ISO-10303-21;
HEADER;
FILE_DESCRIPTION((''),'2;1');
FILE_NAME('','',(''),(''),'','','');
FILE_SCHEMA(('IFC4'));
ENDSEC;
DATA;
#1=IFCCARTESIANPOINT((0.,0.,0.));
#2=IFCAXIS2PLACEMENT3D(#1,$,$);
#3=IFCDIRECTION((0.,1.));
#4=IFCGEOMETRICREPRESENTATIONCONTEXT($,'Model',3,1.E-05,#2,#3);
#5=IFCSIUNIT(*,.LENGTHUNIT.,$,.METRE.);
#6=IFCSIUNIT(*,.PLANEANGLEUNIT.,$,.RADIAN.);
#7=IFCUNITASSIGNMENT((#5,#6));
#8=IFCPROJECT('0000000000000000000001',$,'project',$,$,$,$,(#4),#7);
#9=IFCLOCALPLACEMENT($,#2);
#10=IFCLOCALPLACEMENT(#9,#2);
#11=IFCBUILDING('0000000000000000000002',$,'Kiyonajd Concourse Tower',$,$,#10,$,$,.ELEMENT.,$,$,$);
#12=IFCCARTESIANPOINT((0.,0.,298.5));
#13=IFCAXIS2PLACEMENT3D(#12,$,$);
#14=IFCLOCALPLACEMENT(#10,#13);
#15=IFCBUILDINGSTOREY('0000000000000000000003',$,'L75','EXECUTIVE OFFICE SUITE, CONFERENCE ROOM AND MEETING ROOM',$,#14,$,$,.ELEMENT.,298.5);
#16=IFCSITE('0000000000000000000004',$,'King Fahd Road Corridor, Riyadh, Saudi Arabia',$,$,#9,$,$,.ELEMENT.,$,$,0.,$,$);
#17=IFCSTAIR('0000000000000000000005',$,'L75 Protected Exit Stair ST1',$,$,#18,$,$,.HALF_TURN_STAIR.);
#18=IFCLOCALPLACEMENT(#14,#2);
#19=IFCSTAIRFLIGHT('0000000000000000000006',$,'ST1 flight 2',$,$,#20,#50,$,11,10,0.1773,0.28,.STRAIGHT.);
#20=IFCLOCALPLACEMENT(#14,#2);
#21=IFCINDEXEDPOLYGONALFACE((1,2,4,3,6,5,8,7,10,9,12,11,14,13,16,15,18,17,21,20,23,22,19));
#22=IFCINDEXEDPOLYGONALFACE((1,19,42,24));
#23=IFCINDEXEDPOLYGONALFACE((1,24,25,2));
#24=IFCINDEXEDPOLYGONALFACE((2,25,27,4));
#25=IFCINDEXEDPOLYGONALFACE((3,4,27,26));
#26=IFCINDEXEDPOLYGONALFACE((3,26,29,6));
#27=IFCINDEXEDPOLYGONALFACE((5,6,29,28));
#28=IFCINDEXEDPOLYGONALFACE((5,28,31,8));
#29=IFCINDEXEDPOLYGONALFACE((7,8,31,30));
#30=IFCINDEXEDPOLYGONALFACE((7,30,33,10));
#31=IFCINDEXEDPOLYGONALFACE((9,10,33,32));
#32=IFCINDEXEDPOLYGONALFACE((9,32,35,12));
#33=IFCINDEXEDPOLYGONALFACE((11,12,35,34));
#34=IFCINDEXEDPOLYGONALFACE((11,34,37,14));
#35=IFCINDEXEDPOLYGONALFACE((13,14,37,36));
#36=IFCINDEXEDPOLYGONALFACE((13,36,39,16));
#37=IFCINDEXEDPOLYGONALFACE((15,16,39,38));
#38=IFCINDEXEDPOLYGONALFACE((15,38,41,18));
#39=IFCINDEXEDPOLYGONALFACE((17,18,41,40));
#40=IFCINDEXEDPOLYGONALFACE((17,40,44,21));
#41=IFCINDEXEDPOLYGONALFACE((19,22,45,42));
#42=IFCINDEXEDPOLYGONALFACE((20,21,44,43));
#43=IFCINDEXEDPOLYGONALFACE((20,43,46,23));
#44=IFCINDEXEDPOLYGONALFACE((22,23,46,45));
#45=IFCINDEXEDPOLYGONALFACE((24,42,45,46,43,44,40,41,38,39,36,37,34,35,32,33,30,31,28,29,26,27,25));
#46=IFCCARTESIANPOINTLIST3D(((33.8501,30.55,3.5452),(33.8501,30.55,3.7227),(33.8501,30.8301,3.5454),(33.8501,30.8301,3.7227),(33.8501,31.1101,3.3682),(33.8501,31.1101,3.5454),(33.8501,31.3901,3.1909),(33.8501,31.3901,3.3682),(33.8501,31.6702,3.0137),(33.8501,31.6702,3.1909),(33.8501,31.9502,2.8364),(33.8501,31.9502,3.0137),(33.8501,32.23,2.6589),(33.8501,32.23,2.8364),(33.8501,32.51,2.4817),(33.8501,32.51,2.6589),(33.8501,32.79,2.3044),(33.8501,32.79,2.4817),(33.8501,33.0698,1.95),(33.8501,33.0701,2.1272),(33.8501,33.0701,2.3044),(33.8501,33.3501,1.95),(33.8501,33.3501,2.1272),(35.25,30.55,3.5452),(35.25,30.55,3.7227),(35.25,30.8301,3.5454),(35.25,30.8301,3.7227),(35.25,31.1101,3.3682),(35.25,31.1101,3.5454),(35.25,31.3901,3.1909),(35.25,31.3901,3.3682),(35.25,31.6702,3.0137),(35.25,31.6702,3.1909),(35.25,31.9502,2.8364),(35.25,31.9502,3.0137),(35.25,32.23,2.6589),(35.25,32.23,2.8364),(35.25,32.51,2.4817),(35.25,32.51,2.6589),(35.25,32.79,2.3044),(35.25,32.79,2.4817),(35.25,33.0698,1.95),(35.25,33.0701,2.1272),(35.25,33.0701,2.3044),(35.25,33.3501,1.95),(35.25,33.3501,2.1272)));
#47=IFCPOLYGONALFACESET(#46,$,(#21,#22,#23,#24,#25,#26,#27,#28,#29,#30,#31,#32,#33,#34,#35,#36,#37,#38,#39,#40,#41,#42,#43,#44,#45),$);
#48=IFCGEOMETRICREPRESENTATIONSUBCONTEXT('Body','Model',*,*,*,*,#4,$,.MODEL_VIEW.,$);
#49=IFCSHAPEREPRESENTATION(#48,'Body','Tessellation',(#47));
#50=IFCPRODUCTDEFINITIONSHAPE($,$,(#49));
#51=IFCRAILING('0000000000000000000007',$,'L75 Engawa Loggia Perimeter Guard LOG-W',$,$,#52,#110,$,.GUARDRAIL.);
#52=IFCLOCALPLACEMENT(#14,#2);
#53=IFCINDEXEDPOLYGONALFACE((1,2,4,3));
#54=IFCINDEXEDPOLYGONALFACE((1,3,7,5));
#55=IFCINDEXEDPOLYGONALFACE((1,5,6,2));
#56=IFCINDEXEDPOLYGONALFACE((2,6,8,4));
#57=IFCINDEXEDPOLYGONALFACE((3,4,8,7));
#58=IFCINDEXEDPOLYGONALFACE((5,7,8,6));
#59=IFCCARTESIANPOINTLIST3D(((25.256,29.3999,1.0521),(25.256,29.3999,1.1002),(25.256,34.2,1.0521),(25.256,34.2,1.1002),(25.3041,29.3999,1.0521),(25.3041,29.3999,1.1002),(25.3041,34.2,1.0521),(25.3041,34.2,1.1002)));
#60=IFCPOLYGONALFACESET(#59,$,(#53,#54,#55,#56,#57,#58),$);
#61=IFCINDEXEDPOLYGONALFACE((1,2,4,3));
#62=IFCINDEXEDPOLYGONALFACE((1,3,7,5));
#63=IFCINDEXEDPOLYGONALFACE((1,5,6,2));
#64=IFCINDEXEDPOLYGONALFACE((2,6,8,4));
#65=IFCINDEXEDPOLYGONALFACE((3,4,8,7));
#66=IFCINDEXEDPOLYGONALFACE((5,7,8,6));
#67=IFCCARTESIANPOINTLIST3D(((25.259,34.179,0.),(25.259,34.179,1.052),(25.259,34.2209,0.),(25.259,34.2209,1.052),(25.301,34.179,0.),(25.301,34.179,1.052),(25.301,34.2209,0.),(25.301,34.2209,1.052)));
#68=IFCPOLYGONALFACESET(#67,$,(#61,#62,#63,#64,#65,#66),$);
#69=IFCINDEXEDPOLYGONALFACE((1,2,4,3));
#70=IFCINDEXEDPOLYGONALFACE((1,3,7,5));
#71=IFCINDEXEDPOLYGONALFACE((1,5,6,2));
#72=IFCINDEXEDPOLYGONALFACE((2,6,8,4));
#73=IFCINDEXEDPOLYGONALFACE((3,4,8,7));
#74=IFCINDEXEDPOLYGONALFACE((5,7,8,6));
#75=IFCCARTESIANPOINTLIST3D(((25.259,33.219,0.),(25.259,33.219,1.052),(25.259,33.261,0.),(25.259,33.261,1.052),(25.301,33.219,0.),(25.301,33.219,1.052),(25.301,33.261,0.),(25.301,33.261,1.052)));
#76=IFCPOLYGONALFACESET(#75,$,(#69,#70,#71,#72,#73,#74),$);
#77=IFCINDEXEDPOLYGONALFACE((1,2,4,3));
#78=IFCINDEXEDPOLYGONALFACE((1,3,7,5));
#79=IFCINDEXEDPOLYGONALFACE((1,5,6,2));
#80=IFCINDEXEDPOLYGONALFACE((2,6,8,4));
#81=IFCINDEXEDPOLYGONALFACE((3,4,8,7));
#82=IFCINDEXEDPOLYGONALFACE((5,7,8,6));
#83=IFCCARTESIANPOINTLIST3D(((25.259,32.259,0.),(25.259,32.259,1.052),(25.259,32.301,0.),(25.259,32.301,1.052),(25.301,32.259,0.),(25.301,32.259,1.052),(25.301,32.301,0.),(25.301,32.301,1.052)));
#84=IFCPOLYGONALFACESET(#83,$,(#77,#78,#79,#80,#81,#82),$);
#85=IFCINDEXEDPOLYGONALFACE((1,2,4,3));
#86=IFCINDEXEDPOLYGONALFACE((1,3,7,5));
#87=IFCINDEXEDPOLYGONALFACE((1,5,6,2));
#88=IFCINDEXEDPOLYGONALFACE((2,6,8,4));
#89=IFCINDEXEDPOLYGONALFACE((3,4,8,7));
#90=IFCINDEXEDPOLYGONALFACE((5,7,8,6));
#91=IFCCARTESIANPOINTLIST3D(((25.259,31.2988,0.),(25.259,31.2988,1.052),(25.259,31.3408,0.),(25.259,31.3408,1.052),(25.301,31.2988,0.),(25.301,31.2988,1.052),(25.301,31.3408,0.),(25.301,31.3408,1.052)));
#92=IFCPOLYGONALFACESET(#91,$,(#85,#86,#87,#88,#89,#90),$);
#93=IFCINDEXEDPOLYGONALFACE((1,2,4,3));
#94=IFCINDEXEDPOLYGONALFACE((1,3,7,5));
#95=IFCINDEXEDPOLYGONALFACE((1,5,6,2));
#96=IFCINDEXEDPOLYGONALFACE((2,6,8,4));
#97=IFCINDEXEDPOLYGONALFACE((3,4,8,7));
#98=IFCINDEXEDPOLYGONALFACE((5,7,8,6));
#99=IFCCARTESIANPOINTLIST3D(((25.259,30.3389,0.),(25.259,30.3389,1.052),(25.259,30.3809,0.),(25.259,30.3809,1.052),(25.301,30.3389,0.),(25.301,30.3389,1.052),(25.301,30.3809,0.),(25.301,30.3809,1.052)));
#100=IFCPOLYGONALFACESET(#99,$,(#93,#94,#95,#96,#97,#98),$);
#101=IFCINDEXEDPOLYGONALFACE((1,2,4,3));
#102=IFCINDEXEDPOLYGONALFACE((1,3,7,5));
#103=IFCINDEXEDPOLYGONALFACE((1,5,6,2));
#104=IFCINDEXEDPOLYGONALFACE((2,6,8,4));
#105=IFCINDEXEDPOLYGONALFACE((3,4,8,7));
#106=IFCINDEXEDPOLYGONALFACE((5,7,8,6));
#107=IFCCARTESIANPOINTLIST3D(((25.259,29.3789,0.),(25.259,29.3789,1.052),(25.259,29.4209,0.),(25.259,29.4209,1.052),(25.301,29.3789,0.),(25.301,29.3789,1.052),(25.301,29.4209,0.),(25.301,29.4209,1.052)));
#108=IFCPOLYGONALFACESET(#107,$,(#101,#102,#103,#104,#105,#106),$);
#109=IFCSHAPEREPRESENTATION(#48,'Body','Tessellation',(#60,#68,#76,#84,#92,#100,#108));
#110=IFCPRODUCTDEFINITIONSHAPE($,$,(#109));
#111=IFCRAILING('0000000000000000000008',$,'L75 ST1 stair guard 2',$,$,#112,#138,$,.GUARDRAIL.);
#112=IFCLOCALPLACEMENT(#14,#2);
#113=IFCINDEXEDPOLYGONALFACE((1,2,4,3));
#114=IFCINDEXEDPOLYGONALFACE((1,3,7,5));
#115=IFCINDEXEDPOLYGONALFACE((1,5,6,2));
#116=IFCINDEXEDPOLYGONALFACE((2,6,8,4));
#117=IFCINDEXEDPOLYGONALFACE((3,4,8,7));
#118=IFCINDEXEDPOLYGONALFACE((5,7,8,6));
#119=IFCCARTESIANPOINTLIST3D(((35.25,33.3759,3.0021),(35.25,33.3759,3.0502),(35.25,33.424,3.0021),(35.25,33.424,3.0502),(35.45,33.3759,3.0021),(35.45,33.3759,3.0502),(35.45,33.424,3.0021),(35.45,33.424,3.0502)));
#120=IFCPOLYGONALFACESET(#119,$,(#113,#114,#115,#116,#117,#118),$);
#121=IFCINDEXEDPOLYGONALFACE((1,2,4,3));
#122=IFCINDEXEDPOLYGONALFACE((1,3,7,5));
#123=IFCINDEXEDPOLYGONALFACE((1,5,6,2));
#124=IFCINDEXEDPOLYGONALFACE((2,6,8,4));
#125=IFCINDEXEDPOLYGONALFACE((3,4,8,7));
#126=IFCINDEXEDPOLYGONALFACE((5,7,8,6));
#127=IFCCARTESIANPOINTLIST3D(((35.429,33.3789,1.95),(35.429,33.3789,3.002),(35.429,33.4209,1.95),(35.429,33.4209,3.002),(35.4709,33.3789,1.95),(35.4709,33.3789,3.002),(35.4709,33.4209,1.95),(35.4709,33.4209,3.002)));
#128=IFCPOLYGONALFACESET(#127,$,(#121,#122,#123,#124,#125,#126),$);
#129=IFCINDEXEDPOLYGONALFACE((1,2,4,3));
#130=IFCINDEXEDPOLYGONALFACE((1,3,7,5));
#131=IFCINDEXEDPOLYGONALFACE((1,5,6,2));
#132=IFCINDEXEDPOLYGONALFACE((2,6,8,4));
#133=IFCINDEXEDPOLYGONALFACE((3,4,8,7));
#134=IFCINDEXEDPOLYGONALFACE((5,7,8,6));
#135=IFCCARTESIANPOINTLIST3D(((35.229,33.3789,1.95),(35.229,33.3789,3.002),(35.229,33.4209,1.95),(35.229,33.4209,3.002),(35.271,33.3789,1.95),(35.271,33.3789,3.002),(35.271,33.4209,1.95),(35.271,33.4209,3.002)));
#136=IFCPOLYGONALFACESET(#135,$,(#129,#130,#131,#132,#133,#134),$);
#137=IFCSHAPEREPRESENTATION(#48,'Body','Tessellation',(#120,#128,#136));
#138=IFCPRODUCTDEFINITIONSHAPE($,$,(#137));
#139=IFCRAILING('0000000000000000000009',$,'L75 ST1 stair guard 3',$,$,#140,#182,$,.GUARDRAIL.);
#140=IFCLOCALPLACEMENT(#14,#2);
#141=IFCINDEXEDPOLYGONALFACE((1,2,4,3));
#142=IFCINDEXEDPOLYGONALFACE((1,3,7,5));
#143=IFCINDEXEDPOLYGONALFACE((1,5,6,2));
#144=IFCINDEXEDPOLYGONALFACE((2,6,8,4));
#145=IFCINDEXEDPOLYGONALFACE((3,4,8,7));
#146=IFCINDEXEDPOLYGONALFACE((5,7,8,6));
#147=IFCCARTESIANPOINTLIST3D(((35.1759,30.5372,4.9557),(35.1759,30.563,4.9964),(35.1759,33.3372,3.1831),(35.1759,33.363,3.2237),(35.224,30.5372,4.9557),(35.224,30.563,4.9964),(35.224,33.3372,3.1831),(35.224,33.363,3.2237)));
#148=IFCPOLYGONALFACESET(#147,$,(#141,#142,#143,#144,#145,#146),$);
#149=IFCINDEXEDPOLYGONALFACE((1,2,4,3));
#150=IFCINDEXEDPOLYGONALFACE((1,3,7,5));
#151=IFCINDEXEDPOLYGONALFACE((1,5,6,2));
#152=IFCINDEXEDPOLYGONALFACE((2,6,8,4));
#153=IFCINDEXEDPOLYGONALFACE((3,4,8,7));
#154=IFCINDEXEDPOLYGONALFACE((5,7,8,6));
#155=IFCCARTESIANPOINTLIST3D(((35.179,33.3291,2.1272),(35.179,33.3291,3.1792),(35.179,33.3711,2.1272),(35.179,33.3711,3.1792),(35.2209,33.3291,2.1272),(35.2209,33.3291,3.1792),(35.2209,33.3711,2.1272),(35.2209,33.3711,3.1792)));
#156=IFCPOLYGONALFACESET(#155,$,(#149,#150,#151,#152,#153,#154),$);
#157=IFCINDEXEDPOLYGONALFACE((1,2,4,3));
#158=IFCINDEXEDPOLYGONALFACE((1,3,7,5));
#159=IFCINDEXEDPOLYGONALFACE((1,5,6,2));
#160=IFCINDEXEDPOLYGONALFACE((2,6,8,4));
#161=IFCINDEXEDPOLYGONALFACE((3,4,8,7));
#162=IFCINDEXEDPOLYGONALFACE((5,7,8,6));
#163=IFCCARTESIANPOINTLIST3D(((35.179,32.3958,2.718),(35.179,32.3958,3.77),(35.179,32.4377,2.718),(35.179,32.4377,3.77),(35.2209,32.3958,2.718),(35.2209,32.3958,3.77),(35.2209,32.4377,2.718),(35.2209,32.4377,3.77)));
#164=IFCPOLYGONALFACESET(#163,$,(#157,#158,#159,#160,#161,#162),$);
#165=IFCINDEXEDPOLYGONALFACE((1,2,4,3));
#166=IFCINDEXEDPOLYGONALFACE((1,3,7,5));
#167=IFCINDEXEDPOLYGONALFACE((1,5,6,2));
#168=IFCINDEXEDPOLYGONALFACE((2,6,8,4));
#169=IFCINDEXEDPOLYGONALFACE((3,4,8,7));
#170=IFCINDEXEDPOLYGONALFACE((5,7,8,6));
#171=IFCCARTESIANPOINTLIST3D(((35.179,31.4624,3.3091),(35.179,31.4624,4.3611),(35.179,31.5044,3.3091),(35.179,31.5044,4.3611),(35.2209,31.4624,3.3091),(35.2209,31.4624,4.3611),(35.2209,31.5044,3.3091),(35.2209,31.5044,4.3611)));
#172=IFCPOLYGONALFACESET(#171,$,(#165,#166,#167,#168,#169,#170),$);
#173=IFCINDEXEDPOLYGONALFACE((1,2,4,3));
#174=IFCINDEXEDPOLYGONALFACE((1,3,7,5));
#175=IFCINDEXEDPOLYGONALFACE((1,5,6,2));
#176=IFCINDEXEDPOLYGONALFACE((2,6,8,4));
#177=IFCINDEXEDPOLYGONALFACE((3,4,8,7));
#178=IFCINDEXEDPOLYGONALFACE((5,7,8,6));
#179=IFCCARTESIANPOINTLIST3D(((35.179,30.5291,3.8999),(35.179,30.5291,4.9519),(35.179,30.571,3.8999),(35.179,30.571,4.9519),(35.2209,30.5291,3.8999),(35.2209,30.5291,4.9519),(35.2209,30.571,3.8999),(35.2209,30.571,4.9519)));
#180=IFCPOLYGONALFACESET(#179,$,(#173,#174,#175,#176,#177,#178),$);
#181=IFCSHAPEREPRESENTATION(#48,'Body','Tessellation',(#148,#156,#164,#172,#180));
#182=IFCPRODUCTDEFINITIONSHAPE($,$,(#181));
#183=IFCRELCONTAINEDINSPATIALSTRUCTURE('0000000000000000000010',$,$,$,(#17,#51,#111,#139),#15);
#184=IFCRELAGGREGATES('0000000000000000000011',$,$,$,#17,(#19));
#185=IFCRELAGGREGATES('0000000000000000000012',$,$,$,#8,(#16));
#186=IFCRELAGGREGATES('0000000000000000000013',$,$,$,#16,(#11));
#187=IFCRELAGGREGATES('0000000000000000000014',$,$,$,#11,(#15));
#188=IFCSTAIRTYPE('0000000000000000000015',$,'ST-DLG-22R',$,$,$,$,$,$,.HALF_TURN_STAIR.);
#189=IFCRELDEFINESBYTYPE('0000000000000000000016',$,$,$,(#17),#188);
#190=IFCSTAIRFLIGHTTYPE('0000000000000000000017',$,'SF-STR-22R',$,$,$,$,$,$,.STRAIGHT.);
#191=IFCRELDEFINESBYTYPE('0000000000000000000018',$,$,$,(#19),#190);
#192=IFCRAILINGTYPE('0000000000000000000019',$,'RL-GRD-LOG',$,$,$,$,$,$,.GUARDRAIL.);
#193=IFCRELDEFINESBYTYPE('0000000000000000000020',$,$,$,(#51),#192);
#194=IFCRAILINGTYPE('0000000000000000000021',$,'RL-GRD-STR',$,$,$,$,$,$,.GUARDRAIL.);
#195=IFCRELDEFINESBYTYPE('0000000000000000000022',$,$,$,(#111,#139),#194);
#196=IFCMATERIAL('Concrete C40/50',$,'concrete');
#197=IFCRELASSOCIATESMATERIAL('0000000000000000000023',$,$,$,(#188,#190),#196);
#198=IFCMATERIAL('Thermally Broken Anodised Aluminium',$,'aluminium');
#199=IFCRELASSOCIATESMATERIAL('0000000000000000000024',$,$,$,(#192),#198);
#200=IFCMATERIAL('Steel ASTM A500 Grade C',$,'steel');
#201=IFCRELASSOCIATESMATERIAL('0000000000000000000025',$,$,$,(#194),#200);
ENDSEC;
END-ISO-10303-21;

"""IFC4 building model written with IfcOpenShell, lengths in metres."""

from ifc_helpers import new_model, si_unit, direction, frame, origin, origin_2d, place, context, subcontext, project, spatial, polyline, rectangle, outline, extrude, material, type_object, element, aggregate, save


model = new_model("IFC4")

# Units and contexts
model_context = context("Model", 3, precision=1e-05, world=origin(), true_north=direction((0.0, 1.0)))
body_context = subcontext(model_context, "Body", "Model", "MODEL_VIEW")
ifc_project = project(units=[si_unit("LENGTHUNIT", "METRE"), si_unit("PLANEANGLEUNIT", "RADIAN")], contexts=[model_context])

# Site, building, storey
site_placement = place(None, origin())
site = spatial("IfcSite", under=ifc_project, at=site_placement, Name="King Fahd Road Corridor, Riyadh, Saudi Arabia", CompositionType="ELEMENT", RefElevation=0.0)
building_placement = place(site_placement, origin())
building = spatial("IfcBuilding", under=site, at=building_placement, Name="Kiyonajd Concourse Tower", CompositionType="ELEMENT")
storey_placement = place(building_placement, frame((0.0, 0.0, 298.5)))
storey = spatial("IfcBuildingStorey", under=building, at=storey_placement, Name="L75", Description="EXECUTIVE OFFICE SUITE, CONFERENCE ROOM AND MEETING ROOM", CompositionType="ELEMENT", Elevation=298.5)

# Shared definitions
ifc_material_1 = material(Name="Thermally Broken Anodised Aluminium", Category="aluminium")

# Stair, stair flight
ifc_material_2 = material(Name="Concrete C40/50", Category="concrete")
stair_type = type_object("IfcStairType", Name="ST-DLG-22R", PredefinedType="HALF_TURN_STAIR", material=ifc_material_2)
stair_placement = place(storey_placement, origin())
stair = element("IfcStair", 1, at=stair_placement, inside=storey, type_object=stair_type, Name="L75 Protected Exit Stair ST1", PredefinedType="HALF_TURN_STAIR")
stair_flight_type = type_object("IfcStairFlightType", Name="SF-STR-22R", PredefinedType="STRAIGHT", material=ifc_material_2)
stair_flight_placement = place(storey_placement, frame((34.55, 33.3501, 1.95), z_axis=(0.0, 0.0, 1.0), x_axis=(0.0, -1.0, 0.0)))
stair_flight = element("IfcStairFlight", 2, at=stair_flight_placement, type_object=stair_flight_type, Name="ST1 flight 2", NumberOfRisers=11, NumberOfTreads=10, PredefinedType="STRAIGHT", RiserHeight=0.1773, TreadLength=0.28, context=body_context, shape_type="SweptSolid", body=[
    extrude(outline(polyline([(0.0, 0.0), (0.0, 0.1772), (0.28, 0.1772), (0.28, 0.3545), (0.5601, 0.3545), (0.5601, 0.5317), (0.8401, 0.5317), (0.8401, 0.709), (1.1201, 0.709), (1.1201, 0.8865), (1.3999, 0.8865), (1.3999, 1.0637), (1.6799, 1.0637), (1.6799, 1.241), (1.96, 1.241), (1.96, 1.4182), (2.24, 1.4182), (2.24, 1.5955), (2.52, 1.5955), (2.52, 1.7727), (2.8, 1.7727), (2.8, 1.95), (2.8, 1.5952), (0.2803, 0.0), (0.0, 0.0)])), frame((0.0, 0.7, 0.0), z_axis=(0.0, -1.0, 0.0), x_axis=(1.0, 0.0, 0.0)), (0.0, 0.0, 1.0), 1.3999),
])
aggregate(stair, [stair_flight])

# Railings
railing_type_1 = type_object("IfcRailingType", Name="RL-GRD-LOG", PredefinedType="GUARDRAIL", material=ifc_material_1)
railing_1_placement = place(storey_placement, frame((25.28, 34.2, 0.0)))
element("IfcRailing", 3, at=railing_1_placement, inside=storey, type_object=railing_type_1, Name="L75 Engawa Loggia Perimeter Guard LOG-W", PredefinedType="GUARDRAIL", context=body_context, shape_type="SweptSolid", body=[
    extrude(rectangle(XDim=0.0481, YDim=0.0481, at=origin_2d()), frame((0.0, 0.0, 1.0762), z_axis=(0.0, -1.0, 0.0), x_axis=(1.0, 0.0, 0.0)), (0.0, 0.0, 1.0), 4.8),
    extrude(rectangle(XDim=0.042, YDim=0.042, at=origin_2d()), origin(), (0.0, 0.0, 1.0), 1.052),
    extrude(rectangle(XDim=0.042, YDim=0.042, at=origin_2d()), frame((0.0, -0.96, 0.0)), (0.0, 0.0, 1.0), 1.052),
    extrude(rectangle(XDim=0.042, YDim=0.042, at=origin_2d()), frame((0.0, -1.9199, 0.0)), (0.0, 0.0, 1.0), 1.052),
    extrude(rectangle(XDim=0.042, YDim=0.042, at=origin_2d()), frame((0.0, -2.8801, 0.0)), (0.0, 0.0, 1.0), 1.052),
    extrude(rectangle(XDim=0.042, YDim=0.042, at=origin_2d()), frame((0.0, -3.8401, 0.0)), (0.0, 0.0, 1.0), 1.052),
    extrude(rectangle(XDim=0.042, YDim=0.042, at=origin_2d()), frame((0.0, -4.8, 0.0)), (0.0, 0.0, 1.0), 1.052),
])
ifc_material_3 = material(Name="Steel ASTM A500 Grade C", Category="steel")
railing_type_2 = type_object("IfcRailingType", Name="RL-GRD-STR", PredefinedType="GUARDRAIL", material=ifc_material_3)
railing_2_placement = place(storey_placement, frame((35.45, 33.3999, 1.95)))
element("IfcRailing", 4, at=railing_2_placement, inside=storey, type_object=railing_type_2, Name="L75 ST1 stair guard 2", PredefinedType="GUARDRAIL", context=body_context, shape_type="SweptSolid", body=[
    extrude(rectangle(XDim=0.0481, YDim=0.0481, at=origin_2d()), frame((0.0, 0.0, 1.0762), z_axis=(-1.0, 0.0, 0.0), x_axis=(0.0, -1.0, 0.0)), (0.0, 0.0, 1.0), 0.2),
    extrude(rectangle(XDim=0.042, YDim=0.042, at=origin_2d()), origin(), (0.0, 0.0, 1.0), 1.052),
    extrude(rectangle(XDim=0.042, YDim=0.042, at=origin_2d()), frame((-0.2, 0.0, 0.0)), (0.0, 0.0, 1.0), 1.052),
])
railing_3_placement = place(storey_placement, frame((35.2, 33.3501, 2.1272)))
element("IfcRailing", 5, at=railing_3_placement, inside=storey, type_object=railing_type_2, Name="L75 ST1 stair guard 3", PredefinedType="GUARDRAIL", context=body_context, shape_type="SweptSolid", body=[
    extrude(rectangle(XDim=0.0481, YDim=0.0481, at=origin_2d()), frame((0.0, 0.0, 1.0762), z_axis=(0.0, -0.844909, 0.53491), x_axis=(1.0, 0.0, 0.0)), (0.0, 0.0, 1.0), 3.314),
    extrude(rectangle(XDim=0.042, YDim=0.042, at=origin_2d()), origin(), (0.0, 0.0, 1.0), 1.052),
    extrude(rectangle(XDim=0.042, YDim=0.042, at=origin_2d()), frame((0.0, -0.9333, 0.5908)), (0.0, 0.0, 1.0), 1.052),
    extrude(rectangle(XDim=0.042, YDim=0.042, at=origin_2d()), frame((0.0, -1.8667, 1.1819)), (0.0, 0.0, 1.0), 1.052),
    extrude(rectangle(XDim=0.042, YDim=0.042, at=origin_2d()), frame((0.0, -2.8, 1.7727)), (0.0, 0.0, 1.0), 1.052),
])

save(model, "model.ifc")
